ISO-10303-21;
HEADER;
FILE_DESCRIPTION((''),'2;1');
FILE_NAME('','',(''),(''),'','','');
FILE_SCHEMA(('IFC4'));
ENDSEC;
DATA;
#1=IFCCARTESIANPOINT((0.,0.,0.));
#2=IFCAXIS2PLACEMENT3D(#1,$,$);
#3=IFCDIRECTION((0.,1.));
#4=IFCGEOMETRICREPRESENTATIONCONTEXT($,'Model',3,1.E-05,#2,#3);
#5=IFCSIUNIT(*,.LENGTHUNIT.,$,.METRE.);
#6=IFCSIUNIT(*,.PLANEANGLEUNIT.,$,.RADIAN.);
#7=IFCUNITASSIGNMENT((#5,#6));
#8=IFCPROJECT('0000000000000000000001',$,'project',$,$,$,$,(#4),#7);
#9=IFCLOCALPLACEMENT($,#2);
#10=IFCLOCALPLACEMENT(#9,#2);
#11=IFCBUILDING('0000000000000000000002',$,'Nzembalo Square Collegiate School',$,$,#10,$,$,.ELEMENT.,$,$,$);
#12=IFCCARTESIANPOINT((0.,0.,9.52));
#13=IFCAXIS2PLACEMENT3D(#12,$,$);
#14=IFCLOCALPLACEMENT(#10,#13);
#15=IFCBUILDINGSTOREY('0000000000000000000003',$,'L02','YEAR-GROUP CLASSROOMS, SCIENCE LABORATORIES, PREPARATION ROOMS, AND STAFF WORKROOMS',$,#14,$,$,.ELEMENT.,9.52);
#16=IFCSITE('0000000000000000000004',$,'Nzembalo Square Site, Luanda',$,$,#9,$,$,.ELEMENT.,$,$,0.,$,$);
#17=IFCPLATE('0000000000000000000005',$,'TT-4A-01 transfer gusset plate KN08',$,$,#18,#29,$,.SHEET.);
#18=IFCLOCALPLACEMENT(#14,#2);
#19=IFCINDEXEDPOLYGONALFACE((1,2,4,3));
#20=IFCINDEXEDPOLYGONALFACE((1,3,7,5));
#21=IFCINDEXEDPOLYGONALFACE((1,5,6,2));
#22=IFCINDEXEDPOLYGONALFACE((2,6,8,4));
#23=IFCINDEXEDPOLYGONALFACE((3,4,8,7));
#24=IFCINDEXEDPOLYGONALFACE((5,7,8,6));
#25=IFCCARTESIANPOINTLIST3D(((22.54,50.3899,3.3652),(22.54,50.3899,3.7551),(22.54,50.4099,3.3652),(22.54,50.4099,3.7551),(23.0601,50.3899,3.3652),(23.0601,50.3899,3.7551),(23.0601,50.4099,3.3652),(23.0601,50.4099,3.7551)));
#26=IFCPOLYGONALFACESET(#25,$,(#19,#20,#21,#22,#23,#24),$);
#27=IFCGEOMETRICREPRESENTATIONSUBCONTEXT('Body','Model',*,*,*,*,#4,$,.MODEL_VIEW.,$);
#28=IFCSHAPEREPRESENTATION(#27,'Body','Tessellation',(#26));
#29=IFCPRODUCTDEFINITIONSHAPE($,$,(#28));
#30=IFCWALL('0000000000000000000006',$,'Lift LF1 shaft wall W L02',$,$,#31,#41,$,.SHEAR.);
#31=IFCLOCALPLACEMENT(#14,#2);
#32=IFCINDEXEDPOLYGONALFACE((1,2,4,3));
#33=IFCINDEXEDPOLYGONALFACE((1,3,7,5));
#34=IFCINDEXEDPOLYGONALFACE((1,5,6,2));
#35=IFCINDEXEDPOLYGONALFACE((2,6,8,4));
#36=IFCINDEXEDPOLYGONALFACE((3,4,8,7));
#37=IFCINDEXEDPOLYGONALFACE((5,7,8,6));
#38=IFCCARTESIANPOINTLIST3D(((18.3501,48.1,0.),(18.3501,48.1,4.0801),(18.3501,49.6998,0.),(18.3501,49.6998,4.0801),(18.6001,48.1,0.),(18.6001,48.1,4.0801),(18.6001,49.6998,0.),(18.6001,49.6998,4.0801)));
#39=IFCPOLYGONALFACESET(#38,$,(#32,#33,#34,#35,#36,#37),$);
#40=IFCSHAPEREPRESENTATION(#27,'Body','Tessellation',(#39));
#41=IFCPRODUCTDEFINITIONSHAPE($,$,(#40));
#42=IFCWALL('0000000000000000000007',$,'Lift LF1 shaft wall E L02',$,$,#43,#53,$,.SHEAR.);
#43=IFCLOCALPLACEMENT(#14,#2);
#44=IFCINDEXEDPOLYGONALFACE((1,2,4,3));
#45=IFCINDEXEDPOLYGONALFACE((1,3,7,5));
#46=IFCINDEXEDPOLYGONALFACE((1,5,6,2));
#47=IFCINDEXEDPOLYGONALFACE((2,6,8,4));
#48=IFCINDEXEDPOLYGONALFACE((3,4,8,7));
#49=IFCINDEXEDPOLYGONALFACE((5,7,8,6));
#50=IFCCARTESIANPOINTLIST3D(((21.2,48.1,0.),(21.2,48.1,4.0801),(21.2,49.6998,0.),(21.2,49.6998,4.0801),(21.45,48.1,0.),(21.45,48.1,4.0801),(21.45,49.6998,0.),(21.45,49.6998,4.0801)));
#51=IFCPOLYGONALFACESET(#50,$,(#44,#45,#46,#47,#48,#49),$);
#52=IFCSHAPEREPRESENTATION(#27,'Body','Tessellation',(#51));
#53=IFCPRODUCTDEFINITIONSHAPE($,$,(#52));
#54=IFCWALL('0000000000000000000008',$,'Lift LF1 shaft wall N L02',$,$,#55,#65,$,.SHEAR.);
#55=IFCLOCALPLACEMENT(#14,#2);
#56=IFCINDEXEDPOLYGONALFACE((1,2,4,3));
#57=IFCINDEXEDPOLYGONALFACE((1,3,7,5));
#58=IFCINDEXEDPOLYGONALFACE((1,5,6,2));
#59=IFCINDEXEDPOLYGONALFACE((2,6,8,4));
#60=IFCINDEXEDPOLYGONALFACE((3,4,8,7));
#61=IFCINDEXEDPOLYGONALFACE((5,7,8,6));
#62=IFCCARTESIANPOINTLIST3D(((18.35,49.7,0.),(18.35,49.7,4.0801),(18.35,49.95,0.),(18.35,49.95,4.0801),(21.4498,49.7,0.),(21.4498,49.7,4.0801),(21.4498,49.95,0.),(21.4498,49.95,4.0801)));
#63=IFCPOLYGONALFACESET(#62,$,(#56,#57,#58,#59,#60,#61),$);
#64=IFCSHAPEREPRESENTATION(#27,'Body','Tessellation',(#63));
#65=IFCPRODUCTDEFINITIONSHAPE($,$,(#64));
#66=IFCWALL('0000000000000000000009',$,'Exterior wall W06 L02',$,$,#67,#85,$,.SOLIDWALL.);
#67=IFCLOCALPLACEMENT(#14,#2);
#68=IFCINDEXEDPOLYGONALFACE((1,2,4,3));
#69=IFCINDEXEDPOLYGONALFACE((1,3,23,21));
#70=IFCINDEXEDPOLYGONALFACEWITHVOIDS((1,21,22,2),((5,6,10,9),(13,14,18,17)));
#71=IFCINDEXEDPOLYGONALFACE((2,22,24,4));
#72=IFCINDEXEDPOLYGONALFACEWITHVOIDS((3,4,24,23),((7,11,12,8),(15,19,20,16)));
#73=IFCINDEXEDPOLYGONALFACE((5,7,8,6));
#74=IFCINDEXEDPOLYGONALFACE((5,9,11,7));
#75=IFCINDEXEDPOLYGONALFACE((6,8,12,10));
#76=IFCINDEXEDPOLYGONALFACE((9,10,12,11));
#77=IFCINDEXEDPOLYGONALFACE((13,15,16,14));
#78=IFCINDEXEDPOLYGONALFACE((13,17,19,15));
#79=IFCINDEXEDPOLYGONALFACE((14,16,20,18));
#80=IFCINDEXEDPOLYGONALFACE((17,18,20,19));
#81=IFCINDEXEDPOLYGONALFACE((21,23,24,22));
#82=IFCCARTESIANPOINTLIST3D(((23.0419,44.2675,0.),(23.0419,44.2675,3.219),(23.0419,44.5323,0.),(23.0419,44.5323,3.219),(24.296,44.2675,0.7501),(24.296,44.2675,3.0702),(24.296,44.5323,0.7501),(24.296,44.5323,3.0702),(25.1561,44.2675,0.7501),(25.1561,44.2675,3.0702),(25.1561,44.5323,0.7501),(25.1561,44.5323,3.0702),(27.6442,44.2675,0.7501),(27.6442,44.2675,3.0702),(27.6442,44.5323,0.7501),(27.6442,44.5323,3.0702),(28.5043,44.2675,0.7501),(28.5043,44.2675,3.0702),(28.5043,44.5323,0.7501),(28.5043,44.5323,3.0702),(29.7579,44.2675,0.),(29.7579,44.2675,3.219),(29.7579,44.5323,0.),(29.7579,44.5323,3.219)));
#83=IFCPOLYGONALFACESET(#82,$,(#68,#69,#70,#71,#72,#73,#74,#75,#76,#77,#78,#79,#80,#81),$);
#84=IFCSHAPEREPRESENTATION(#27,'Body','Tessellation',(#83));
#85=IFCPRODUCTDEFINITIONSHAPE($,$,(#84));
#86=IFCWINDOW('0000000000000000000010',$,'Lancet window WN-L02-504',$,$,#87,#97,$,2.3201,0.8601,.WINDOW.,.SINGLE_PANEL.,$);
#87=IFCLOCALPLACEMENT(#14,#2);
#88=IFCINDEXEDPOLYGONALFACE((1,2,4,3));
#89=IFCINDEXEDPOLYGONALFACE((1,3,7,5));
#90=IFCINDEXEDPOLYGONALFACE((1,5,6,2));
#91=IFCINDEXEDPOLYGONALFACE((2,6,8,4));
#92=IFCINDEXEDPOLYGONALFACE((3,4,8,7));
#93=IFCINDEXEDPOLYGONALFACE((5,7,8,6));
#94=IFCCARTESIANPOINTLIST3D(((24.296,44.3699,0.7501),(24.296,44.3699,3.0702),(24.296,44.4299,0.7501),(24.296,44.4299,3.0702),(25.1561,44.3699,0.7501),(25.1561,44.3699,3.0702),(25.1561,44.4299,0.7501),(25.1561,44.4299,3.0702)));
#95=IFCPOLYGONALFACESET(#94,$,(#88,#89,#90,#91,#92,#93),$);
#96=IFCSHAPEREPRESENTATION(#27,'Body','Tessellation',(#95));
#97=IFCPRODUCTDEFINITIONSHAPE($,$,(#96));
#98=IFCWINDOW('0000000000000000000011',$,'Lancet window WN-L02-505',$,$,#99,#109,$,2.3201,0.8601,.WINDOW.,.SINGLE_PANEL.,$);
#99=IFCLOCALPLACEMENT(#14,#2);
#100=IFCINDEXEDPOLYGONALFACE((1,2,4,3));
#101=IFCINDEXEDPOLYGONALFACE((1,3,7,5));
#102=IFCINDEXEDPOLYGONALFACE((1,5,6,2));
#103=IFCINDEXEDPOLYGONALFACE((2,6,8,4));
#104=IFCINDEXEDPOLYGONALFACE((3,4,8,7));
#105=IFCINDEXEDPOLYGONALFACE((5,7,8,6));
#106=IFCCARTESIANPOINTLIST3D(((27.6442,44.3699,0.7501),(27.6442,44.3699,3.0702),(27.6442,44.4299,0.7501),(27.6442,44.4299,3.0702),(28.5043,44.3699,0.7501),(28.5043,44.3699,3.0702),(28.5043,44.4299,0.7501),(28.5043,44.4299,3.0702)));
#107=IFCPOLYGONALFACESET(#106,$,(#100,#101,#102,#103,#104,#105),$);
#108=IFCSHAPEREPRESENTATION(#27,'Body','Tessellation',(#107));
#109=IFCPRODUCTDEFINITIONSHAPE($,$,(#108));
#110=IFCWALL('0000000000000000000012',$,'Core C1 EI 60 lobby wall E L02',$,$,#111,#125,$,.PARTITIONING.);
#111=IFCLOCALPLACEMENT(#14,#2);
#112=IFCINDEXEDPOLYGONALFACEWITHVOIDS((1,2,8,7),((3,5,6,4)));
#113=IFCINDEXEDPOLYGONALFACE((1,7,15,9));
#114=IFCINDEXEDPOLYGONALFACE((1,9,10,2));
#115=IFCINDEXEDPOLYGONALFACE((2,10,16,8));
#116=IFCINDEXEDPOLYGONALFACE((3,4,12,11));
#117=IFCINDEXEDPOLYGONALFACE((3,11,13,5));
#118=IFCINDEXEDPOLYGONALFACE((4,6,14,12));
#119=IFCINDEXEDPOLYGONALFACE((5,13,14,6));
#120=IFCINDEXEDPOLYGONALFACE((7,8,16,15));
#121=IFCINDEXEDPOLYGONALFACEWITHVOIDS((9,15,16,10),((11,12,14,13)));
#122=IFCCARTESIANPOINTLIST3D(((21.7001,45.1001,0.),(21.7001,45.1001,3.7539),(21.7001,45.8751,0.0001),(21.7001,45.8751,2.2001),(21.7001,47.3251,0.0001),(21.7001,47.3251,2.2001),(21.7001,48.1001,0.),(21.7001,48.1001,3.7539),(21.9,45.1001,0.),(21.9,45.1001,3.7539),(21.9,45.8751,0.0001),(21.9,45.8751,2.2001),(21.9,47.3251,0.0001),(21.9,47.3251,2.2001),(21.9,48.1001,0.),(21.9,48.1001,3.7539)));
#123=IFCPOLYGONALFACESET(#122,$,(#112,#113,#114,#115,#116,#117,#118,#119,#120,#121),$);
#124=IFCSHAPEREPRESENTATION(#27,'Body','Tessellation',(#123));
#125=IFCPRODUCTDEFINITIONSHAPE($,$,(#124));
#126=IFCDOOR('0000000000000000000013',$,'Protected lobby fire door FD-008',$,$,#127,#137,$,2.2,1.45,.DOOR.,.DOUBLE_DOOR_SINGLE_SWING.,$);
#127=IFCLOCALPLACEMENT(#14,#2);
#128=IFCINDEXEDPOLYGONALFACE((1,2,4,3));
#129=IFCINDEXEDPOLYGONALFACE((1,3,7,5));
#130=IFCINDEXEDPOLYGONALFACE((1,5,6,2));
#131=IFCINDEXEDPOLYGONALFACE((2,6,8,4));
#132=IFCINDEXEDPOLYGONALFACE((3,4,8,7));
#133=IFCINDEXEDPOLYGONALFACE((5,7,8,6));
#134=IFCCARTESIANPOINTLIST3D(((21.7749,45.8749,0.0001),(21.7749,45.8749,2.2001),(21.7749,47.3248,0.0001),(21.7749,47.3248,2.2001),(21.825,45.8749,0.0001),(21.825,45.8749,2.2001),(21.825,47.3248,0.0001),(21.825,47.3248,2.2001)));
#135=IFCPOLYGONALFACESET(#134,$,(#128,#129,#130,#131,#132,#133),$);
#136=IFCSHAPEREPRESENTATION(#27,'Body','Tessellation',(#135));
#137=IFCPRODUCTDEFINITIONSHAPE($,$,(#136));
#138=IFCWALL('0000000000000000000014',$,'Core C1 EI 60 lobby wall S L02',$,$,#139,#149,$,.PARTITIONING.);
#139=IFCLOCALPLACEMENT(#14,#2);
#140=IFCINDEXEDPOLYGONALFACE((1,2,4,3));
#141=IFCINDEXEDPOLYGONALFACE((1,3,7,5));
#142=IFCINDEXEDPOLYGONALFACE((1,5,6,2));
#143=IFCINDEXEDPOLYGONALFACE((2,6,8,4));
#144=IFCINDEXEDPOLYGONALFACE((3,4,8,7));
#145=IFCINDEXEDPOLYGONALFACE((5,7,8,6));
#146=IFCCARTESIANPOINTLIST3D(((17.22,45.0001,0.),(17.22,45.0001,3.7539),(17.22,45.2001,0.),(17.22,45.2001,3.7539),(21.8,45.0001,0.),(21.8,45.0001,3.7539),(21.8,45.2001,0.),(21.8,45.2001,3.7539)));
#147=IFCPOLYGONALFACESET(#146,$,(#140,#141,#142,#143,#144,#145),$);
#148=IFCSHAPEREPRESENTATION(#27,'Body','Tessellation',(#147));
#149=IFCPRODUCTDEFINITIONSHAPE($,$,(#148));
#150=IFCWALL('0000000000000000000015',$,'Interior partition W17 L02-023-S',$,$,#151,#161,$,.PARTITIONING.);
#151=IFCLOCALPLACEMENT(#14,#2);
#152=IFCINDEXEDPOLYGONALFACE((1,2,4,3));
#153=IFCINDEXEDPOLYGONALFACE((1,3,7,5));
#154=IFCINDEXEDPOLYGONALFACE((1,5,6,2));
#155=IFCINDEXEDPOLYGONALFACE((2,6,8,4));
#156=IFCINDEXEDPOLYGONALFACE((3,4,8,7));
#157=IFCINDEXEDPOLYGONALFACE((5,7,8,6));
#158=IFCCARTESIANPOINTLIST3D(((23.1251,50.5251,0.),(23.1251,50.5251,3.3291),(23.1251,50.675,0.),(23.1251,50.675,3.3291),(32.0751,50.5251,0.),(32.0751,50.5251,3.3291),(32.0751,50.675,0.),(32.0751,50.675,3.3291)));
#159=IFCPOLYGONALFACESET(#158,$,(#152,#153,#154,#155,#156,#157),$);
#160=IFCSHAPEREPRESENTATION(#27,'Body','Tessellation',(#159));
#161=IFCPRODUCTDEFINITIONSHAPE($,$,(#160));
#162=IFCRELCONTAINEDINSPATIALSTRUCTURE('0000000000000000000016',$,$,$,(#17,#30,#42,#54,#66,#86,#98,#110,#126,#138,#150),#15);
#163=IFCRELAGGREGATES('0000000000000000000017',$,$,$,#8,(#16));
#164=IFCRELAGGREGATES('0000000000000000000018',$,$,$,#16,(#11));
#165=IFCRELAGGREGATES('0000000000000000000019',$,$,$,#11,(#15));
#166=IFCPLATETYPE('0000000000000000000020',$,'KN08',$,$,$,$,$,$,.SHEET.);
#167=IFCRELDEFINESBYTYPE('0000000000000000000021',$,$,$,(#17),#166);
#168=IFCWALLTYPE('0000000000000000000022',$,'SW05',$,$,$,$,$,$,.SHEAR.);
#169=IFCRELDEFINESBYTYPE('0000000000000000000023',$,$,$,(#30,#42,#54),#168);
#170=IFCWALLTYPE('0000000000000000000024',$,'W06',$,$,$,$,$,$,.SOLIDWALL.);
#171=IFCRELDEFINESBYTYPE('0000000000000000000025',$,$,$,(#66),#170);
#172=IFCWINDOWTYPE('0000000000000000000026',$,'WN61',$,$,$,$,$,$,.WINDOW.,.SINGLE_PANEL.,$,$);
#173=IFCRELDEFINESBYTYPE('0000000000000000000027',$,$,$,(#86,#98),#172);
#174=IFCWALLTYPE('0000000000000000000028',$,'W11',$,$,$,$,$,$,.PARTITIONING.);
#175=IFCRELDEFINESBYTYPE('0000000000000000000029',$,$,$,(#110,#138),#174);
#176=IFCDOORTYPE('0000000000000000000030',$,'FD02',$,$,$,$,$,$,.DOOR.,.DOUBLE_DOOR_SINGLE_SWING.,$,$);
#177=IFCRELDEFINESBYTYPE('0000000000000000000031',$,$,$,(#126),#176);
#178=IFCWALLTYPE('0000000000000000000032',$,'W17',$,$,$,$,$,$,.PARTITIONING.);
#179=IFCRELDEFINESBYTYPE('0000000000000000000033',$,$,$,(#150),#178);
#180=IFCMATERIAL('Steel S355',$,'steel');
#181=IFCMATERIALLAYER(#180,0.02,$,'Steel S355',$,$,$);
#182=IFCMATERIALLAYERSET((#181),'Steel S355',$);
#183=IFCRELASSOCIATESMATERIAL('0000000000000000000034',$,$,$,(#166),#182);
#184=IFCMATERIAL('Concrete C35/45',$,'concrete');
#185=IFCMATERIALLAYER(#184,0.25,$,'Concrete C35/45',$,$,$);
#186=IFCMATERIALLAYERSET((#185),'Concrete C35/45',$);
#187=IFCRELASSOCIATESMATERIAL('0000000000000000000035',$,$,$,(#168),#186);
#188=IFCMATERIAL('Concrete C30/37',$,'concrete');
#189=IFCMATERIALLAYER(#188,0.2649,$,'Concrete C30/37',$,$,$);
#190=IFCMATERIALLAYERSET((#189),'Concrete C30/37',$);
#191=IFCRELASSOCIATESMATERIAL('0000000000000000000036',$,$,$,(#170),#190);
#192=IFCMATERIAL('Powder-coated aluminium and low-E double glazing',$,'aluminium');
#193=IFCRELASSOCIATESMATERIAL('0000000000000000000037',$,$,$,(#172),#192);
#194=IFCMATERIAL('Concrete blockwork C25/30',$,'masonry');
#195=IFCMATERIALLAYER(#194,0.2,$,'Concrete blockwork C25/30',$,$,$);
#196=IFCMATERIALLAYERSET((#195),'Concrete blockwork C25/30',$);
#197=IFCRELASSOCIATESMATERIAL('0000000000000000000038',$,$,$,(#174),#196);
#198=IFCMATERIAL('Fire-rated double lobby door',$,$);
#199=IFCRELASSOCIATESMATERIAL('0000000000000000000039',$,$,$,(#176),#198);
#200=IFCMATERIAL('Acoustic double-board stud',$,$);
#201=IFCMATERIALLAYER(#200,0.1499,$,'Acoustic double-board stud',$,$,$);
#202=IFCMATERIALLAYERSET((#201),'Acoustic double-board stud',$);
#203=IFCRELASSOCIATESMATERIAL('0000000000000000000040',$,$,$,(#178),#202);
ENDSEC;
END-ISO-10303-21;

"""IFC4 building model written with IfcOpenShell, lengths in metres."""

from ifc_helpers import new_model, si_unit, direction, frame, frame_2d, origin, origin_2d, place, context, subcontext, project, spatial, rectangle, extrude, material, layer, layer_set, type_object, element, fill, save


model = new_model("IFC4")

# Units and contexts
model_context = context("Model", 3, precision=1e-05, world=origin(), true_north=direction((0.0, 1.0)))
body_context = subcontext(model_context, "Body", "Model", "MODEL_VIEW")
ifc_project = project(units=[si_unit("LENGTHUNIT", "METRE"), si_unit("PLANEANGLEUNIT", "RADIAN")], contexts=[model_context])

# Site, building, storey
site_placement = place(None, origin())
site = spatial("IfcSite", under=ifc_project, at=site_placement, Name="Nzembalo Square Site, Luanda", CompositionType="ELEMENT", RefElevation=0.0)
building_placement = place(site_placement, origin())
building = spatial("IfcBuilding", under=site, at=building_placement, Name="Nzembalo Square Collegiate School", CompositionType="ELEMENT")
storey_placement = place(building_placement, frame((0.0, 0.0, 9.52)))
storey = spatial("IfcBuildingStorey", under=building, at=storey_placement, Name="L02", Description="YEAR-GROUP CLASSROOMS, SCIENCE LABORATORIES, PREPARATION ROOMS, AND STAFF WORKROOMS", CompositionType="ELEMENT", Elevation=9.52)

# Plate
ifc_material_1 = material(Name="Steel S355", Category="steel")
ifc_layer_1 = layer(ifc_material_1, 0.02, Name="Steel S355")
ifc_layer_set_1 = layer_set([ifc_layer_1], Name="Steel S355")
plate_type_1 = type_object("IfcPlateType", Name="KN08", PredefinedType="SHEET", material=ifc_layer_set_1)
plate_1_placement = place(storey_placement, frame((22.8, 50.3999, 3.3652), z_axis=(0.0, 0.0, 1.0), x_axis=(1.0, 0.0, 0.0)))
element("IfcPlate", 1, at=plate_1_placement, inside=storey, type_object=plate_type_1, Name="TT-4A-01 transfer gusset plate KN08", PredefinedType="SHEET", context=body_context, shape_type="SweptSolid", body=[
    extrude(rectangle(XDim=0.52, YDim=0.02, at=origin_2d()), origin(), (0.0, 0.0, 1.0), 0.3899),
])

# Walls
ifc_material_2 = material(Name="Concrete C35/45", Category="concrete")
ifc_layer_2 = layer(ifc_material_2, 0.25, Name="Concrete C35/45")
ifc_layer_set_2 = layer_set([ifc_layer_2], Name="Concrete C35/45")
wall_type_1 = type_object("IfcWallType", Name="SW05", PredefinedType="SHEAR", material=ifc_layer_set_2)
for number, where, z_axis, x_axis, name in (
    (2, (18.4751, 48.1001, 0.0), (0.0, 0.0, 1.0), (0.0, 1.0, 0.0), "Lift LF1 shaft wall W L02"),
    (3, (21.325, 48.1001, 0.0), (0.0, 0.0, 1.0), (0.0, 1.0, 0.0), "Lift LF1 shaft wall E L02"),
):
    element("IfcWall", number, at=place(storey_placement, frame(where, z_axis=z_axis, x_axis=x_axis)), inside=storey, type_object=wall_type_1, Name=name, PredefinedType="SHEAR", context=body_context, shape_type="SweptSolid", body=[
        extrude(rectangle(XDim=1.5999, YDim=0.25, at=frame_2d((0.7998, 0.0))), origin(), (0.0, 0.0, 1.0), 4.0801),
    ])
wall_1_placement = place(storey_placement, frame((18.3501, 49.825, 0.0), z_axis=(0.0, 0.0, 1.0), x_axis=(1.0, 0.0, 0.0)))
element("IfcWall", 4, at=wall_1_placement, inside=storey, type_object=wall_type_1, Name="Lift LF1 shaft wall N L02", PredefinedType="SHEAR", context=body_context, shape_type="SweptSolid", body=[
    extrude(rectangle(XDim=3.0999, YDim=0.25, at=frame_2d((1.5498, 0.0))), origin(), (0.0, 0.0, 1.0), 4.0801),
])

# Wall, openings, windows
ifc_material_3 = material(Name="Concrete C30/37", Category="concrete")
ifc_layer_3 = layer(ifc_material_3, 0.2649, Name="Concrete C30/37")
ifc_layer_set_3 = layer_set([ifc_layer_3], Name="Concrete C30/37")
wall_type_2 = type_object("IfcWallType", Name="W06", PredefinedType="SOLIDWALL", material=ifc_layer_set_3)
wall_2_placement = place(storey_placement, frame((23.042, 44.3999, 0.0), z_axis=(0.0, 0.0, 1.0), x_axis=(1.0, 0.0, 0.0)))
wall_2 = element("IfcWall", 5, at=wall_2_placement, inside=storey, type_object=wall_type_2, Name="Exterior wall W06 L02", PredefinedType="SOLIDWALL", context=body_context, shape_type="SweptSolid", body=[
    extrude(rectangle(XDim=6.7161, YDim=0.2649, at=frame_2d((3.3579, 0.0))), origin(), (0.0, 0.0, 1.0), 3.219),
])
opening_1_placement = place(wall_2_placement, frame((1.2539, 0.0, 0.75)))
opening_1 = element("IfcOpeningElement", 6, at=opening_1_placement, cuts=wall_2, PredefinedType="OPENING", context=body_context, shape_type="SweptSolid", body=[
    extrude(rectangle(XDim=0.8601, YDim=2.3201, at=frame_2d((0.4302, 1.1602))), frame((0.0, 0.1426, 0.0), z_axis=(0.0, -1.0, 0.0), x_axis=(1.0, 0.0, 0.0)), (0.0, 0.0, 1.0), 0.2849),
])
opening_2_placement = place(wall_2_placement, frame((4.6021, 0.0, 0.75)))
opening_2 = element("IfcOpeningElement", 7, at=opening_2_placement, cuts=wall_2, PredefinedType="OPENING", context=body_context, shape_type="SweptSolid", body=[
    extrude(rectangle(XDim=0.8601, YDim=2.3201, at=frame_2d((0.4302, 1.1602))), frame((0.0, 0.1426, 0.0), z_axis=(0.0, -1.0, 0.0), x_axis=(1.0, 0.0, 0.0)), (0.0, 0.0, 1.0), 0.2849),
])
ifc_material_4 = material(Name="Powder-coated aluminium and low-E double glazing", Category="aluminium")
window_type = type_object("IfcWindowType", Name="WN61", PartitioningType="SINGLE_PANEL", PredefinedType="WINDOW", material=ifc_material_4)
window_1_placement = place(opening_1_placement, origin())
window_1 = element("IfcWindow", 8, at=window_1_placement, inside=storey, type_object=window_type, Name="Lancet window WN-L02-504", OverallHeight=2.3201, OverallWidth=0.8601, PartitioningType="SINGLE_PANEL", PredefinedType="WINDOW", context=body_context, shape_type="SweptSolid", body=[
    extrude(rectangle(XDim=0.8601, YDim=2.3201, at=frame_2d((0.4302, 1.1602))), frame((0.0, 0.03, 0.0), z_axis=(0.0, -1.0, 0.0), x_axis=(1.0, 0.0, 0.0)), (0.0, 0.0, 1.0), 0.0601),
])
fill(opening_1, window_1)
window_2_placement = place(opening_2_placement, origin())
window_2 = element("IfcWindow", 9, at=window_2_placement, inside=storey, type_object=window_type, Name="Lancet window WN-L02-505", OverallHeight=2.3201, OverallWidth=0.8601, PartitioningType="SINGLE_PANEL", PredefinedType="WINDOW", context=body_context, shape_type="SweptSolid", body=[
    extrude(rectangle(XDim=0.8601, YDim=2.3201, at=frame_2d((0.4302, 1.1602))), frame((0.0, 0.03, 0.0), z_axis=(0.0, -1.0, 0.0), x_axis=(1.0, 0.0, 0.0)), (0.0, 0.0, 1.0), 0.0601),
])
fill(opening_2, window_2)

# Wall, opening, door
ifc_material_5 = material(Name="Concrete blockwork C25/30", Category="masonry")
ifc_layer_4 = layer(ifc_material_5, 0.2, Name="Concrete blockwork C25/30")
ifc_layer_set_4 = layer_set([ifc_layer_4], Name="Concrete blockwork C25/30")
wall_type_3 = type_object("IfcWallType", Name="W11", PredefinedType="PARTITIONING", material=ifc_layer_set_4)
wall_3_placement = place(storey_placement, frame((21.8, 45.1001, 0.0), z_axis=(0.0, 0.0, 1.0), x_axis=(0.0, 1.0, 0.0)))
wall_3 = element("IfcWall", 10, at=wall_3_placement, inside=storey, type_object=wall_type_3, Name="Core C1 EI 60 lobby wall E L02", PredefinedType="PARTITIONING", context=body_context, shape_type="SweptSolid", body=[
    extrude(rectangle(XDim=3.0, YDim=0.2, at=frame_2d((1.5, 0.0))), origin(), (0.0, 0.0, 1.0), 3.7539),
])
opening_3_placement = place(wall_3_placement, frame((0.7749, 0.0, 0.0)))
opening_3 = element("IfcOpeningElement", 11, at=opening_3_placement, cuts=wall_3, PredefinedType="OPENING", context=body_context, shape_type="SweptSolid", body=[
    extrude(rectangle(XDim=1.45, YDim=2.2, at=frame_2d((0.7251, 1.1001))), frame((0.0, 0.1099, 0.0), z_axis=(0.0, -1.0, 0.0), x_axis=(1.0, 0.0, 0.0)), (0.0, 0.0, 1.0), 0.22),
])
ifc_material_6 = material(Name="Fire-rated double lobby door")
door_type_1 = type_object("IfcDoorType", Name="FD02", OperationType="DOUBLE_DOOR_SINGLE_SWING", PredefinedType="DOOR", material=ifc_material_6)
door_1_placement = place(opening_3_placement, frame((1.45, 0.0, 0.0), z_axis=(0.0, 0.0, 1.0), x_axis=(-1.0, 0.0, 0.0)))
door_1 = element("IfcDoor", 12, at=door_1_placement, inside=storey, type_object=door_type_1, Name="Protected lobby fire door FD-008", OperationType="DOUBLE_DOOR_SINGLE_SWING", OverallHeight=2.2, OverallWidth=1.45, PredefinedType="DOOR", context=body_context, shape_type="SweptSolid", body=[
    extrude(rectangle(XDim=1.45, YDim=2.2, at=frame_2d((0.7251, 1.1001))), frame((0.0, 0.0249, 0.0), z_axis=(0.0, -1.0, 0.0), x_axis=(1.0, 0.0, 0.0)), (0.0, 0.0, 1.0), 0.05),
])
fill(opening_3, door_1)

# Walls
wall_4_placement = place(storey_placement, frame((17.22, 45.1001, 0.0), z_axis=(0.0, 0.0, 1.0), x_axis=(1.0, 0.0, 0.0)))
element("IfcWall", 13, at=wall_4_placement, inside=storey, type_object=wall_type_3, Name="Core C1 EI 60 lobby wall S L02", PredefinedType="PARTITIONING", context=body_context, shape_type="SweptSolid", body=[
    extrude(rectangle(XDim=4.5801, YDim=0.2, at=frame_2d((2.29, 0.0))), origin(), (0.0, 0.0, 1.0), 3.7539),
])
ifc_material_7 = material(Name="Acoustic double-board stud")
ifc_layer_5 = layer(ifc_material_7, 0.1499, Name="Acoustic double-board stud")
ifc_layer_set_5 = layer_set([ifc_layer_5], Name="Acoustic double-board stud")
wall_type_4 = type_object("IfcWallType", Name="W17", PredefinedType="PARTITIONING", material=ifc_layer_set_5)
wall_5_placement = place(storey_placement, frame((23.125, 50.6001, 0.0), z_axis=(0.0, 0.0, 1.0), x_axis=(1.0, 0.0, 0.0)))
element("IfcWall", 14, at=wall_5_placement, inside=storey, type_object=wall_type_4, Name="Interior partition W17 L02-023-S", PredefinedType="PARTITIONING", context=body_context, shape_type="SweptSolid", body=[
    extrude(rectangle(XDim=8.95, YDim=0.1499, at=frame_2d((4.4751, 0.0))), origin(), (0.0, 0.0, 1.0), 3.3291),
])

save(model, "model.ifc")
